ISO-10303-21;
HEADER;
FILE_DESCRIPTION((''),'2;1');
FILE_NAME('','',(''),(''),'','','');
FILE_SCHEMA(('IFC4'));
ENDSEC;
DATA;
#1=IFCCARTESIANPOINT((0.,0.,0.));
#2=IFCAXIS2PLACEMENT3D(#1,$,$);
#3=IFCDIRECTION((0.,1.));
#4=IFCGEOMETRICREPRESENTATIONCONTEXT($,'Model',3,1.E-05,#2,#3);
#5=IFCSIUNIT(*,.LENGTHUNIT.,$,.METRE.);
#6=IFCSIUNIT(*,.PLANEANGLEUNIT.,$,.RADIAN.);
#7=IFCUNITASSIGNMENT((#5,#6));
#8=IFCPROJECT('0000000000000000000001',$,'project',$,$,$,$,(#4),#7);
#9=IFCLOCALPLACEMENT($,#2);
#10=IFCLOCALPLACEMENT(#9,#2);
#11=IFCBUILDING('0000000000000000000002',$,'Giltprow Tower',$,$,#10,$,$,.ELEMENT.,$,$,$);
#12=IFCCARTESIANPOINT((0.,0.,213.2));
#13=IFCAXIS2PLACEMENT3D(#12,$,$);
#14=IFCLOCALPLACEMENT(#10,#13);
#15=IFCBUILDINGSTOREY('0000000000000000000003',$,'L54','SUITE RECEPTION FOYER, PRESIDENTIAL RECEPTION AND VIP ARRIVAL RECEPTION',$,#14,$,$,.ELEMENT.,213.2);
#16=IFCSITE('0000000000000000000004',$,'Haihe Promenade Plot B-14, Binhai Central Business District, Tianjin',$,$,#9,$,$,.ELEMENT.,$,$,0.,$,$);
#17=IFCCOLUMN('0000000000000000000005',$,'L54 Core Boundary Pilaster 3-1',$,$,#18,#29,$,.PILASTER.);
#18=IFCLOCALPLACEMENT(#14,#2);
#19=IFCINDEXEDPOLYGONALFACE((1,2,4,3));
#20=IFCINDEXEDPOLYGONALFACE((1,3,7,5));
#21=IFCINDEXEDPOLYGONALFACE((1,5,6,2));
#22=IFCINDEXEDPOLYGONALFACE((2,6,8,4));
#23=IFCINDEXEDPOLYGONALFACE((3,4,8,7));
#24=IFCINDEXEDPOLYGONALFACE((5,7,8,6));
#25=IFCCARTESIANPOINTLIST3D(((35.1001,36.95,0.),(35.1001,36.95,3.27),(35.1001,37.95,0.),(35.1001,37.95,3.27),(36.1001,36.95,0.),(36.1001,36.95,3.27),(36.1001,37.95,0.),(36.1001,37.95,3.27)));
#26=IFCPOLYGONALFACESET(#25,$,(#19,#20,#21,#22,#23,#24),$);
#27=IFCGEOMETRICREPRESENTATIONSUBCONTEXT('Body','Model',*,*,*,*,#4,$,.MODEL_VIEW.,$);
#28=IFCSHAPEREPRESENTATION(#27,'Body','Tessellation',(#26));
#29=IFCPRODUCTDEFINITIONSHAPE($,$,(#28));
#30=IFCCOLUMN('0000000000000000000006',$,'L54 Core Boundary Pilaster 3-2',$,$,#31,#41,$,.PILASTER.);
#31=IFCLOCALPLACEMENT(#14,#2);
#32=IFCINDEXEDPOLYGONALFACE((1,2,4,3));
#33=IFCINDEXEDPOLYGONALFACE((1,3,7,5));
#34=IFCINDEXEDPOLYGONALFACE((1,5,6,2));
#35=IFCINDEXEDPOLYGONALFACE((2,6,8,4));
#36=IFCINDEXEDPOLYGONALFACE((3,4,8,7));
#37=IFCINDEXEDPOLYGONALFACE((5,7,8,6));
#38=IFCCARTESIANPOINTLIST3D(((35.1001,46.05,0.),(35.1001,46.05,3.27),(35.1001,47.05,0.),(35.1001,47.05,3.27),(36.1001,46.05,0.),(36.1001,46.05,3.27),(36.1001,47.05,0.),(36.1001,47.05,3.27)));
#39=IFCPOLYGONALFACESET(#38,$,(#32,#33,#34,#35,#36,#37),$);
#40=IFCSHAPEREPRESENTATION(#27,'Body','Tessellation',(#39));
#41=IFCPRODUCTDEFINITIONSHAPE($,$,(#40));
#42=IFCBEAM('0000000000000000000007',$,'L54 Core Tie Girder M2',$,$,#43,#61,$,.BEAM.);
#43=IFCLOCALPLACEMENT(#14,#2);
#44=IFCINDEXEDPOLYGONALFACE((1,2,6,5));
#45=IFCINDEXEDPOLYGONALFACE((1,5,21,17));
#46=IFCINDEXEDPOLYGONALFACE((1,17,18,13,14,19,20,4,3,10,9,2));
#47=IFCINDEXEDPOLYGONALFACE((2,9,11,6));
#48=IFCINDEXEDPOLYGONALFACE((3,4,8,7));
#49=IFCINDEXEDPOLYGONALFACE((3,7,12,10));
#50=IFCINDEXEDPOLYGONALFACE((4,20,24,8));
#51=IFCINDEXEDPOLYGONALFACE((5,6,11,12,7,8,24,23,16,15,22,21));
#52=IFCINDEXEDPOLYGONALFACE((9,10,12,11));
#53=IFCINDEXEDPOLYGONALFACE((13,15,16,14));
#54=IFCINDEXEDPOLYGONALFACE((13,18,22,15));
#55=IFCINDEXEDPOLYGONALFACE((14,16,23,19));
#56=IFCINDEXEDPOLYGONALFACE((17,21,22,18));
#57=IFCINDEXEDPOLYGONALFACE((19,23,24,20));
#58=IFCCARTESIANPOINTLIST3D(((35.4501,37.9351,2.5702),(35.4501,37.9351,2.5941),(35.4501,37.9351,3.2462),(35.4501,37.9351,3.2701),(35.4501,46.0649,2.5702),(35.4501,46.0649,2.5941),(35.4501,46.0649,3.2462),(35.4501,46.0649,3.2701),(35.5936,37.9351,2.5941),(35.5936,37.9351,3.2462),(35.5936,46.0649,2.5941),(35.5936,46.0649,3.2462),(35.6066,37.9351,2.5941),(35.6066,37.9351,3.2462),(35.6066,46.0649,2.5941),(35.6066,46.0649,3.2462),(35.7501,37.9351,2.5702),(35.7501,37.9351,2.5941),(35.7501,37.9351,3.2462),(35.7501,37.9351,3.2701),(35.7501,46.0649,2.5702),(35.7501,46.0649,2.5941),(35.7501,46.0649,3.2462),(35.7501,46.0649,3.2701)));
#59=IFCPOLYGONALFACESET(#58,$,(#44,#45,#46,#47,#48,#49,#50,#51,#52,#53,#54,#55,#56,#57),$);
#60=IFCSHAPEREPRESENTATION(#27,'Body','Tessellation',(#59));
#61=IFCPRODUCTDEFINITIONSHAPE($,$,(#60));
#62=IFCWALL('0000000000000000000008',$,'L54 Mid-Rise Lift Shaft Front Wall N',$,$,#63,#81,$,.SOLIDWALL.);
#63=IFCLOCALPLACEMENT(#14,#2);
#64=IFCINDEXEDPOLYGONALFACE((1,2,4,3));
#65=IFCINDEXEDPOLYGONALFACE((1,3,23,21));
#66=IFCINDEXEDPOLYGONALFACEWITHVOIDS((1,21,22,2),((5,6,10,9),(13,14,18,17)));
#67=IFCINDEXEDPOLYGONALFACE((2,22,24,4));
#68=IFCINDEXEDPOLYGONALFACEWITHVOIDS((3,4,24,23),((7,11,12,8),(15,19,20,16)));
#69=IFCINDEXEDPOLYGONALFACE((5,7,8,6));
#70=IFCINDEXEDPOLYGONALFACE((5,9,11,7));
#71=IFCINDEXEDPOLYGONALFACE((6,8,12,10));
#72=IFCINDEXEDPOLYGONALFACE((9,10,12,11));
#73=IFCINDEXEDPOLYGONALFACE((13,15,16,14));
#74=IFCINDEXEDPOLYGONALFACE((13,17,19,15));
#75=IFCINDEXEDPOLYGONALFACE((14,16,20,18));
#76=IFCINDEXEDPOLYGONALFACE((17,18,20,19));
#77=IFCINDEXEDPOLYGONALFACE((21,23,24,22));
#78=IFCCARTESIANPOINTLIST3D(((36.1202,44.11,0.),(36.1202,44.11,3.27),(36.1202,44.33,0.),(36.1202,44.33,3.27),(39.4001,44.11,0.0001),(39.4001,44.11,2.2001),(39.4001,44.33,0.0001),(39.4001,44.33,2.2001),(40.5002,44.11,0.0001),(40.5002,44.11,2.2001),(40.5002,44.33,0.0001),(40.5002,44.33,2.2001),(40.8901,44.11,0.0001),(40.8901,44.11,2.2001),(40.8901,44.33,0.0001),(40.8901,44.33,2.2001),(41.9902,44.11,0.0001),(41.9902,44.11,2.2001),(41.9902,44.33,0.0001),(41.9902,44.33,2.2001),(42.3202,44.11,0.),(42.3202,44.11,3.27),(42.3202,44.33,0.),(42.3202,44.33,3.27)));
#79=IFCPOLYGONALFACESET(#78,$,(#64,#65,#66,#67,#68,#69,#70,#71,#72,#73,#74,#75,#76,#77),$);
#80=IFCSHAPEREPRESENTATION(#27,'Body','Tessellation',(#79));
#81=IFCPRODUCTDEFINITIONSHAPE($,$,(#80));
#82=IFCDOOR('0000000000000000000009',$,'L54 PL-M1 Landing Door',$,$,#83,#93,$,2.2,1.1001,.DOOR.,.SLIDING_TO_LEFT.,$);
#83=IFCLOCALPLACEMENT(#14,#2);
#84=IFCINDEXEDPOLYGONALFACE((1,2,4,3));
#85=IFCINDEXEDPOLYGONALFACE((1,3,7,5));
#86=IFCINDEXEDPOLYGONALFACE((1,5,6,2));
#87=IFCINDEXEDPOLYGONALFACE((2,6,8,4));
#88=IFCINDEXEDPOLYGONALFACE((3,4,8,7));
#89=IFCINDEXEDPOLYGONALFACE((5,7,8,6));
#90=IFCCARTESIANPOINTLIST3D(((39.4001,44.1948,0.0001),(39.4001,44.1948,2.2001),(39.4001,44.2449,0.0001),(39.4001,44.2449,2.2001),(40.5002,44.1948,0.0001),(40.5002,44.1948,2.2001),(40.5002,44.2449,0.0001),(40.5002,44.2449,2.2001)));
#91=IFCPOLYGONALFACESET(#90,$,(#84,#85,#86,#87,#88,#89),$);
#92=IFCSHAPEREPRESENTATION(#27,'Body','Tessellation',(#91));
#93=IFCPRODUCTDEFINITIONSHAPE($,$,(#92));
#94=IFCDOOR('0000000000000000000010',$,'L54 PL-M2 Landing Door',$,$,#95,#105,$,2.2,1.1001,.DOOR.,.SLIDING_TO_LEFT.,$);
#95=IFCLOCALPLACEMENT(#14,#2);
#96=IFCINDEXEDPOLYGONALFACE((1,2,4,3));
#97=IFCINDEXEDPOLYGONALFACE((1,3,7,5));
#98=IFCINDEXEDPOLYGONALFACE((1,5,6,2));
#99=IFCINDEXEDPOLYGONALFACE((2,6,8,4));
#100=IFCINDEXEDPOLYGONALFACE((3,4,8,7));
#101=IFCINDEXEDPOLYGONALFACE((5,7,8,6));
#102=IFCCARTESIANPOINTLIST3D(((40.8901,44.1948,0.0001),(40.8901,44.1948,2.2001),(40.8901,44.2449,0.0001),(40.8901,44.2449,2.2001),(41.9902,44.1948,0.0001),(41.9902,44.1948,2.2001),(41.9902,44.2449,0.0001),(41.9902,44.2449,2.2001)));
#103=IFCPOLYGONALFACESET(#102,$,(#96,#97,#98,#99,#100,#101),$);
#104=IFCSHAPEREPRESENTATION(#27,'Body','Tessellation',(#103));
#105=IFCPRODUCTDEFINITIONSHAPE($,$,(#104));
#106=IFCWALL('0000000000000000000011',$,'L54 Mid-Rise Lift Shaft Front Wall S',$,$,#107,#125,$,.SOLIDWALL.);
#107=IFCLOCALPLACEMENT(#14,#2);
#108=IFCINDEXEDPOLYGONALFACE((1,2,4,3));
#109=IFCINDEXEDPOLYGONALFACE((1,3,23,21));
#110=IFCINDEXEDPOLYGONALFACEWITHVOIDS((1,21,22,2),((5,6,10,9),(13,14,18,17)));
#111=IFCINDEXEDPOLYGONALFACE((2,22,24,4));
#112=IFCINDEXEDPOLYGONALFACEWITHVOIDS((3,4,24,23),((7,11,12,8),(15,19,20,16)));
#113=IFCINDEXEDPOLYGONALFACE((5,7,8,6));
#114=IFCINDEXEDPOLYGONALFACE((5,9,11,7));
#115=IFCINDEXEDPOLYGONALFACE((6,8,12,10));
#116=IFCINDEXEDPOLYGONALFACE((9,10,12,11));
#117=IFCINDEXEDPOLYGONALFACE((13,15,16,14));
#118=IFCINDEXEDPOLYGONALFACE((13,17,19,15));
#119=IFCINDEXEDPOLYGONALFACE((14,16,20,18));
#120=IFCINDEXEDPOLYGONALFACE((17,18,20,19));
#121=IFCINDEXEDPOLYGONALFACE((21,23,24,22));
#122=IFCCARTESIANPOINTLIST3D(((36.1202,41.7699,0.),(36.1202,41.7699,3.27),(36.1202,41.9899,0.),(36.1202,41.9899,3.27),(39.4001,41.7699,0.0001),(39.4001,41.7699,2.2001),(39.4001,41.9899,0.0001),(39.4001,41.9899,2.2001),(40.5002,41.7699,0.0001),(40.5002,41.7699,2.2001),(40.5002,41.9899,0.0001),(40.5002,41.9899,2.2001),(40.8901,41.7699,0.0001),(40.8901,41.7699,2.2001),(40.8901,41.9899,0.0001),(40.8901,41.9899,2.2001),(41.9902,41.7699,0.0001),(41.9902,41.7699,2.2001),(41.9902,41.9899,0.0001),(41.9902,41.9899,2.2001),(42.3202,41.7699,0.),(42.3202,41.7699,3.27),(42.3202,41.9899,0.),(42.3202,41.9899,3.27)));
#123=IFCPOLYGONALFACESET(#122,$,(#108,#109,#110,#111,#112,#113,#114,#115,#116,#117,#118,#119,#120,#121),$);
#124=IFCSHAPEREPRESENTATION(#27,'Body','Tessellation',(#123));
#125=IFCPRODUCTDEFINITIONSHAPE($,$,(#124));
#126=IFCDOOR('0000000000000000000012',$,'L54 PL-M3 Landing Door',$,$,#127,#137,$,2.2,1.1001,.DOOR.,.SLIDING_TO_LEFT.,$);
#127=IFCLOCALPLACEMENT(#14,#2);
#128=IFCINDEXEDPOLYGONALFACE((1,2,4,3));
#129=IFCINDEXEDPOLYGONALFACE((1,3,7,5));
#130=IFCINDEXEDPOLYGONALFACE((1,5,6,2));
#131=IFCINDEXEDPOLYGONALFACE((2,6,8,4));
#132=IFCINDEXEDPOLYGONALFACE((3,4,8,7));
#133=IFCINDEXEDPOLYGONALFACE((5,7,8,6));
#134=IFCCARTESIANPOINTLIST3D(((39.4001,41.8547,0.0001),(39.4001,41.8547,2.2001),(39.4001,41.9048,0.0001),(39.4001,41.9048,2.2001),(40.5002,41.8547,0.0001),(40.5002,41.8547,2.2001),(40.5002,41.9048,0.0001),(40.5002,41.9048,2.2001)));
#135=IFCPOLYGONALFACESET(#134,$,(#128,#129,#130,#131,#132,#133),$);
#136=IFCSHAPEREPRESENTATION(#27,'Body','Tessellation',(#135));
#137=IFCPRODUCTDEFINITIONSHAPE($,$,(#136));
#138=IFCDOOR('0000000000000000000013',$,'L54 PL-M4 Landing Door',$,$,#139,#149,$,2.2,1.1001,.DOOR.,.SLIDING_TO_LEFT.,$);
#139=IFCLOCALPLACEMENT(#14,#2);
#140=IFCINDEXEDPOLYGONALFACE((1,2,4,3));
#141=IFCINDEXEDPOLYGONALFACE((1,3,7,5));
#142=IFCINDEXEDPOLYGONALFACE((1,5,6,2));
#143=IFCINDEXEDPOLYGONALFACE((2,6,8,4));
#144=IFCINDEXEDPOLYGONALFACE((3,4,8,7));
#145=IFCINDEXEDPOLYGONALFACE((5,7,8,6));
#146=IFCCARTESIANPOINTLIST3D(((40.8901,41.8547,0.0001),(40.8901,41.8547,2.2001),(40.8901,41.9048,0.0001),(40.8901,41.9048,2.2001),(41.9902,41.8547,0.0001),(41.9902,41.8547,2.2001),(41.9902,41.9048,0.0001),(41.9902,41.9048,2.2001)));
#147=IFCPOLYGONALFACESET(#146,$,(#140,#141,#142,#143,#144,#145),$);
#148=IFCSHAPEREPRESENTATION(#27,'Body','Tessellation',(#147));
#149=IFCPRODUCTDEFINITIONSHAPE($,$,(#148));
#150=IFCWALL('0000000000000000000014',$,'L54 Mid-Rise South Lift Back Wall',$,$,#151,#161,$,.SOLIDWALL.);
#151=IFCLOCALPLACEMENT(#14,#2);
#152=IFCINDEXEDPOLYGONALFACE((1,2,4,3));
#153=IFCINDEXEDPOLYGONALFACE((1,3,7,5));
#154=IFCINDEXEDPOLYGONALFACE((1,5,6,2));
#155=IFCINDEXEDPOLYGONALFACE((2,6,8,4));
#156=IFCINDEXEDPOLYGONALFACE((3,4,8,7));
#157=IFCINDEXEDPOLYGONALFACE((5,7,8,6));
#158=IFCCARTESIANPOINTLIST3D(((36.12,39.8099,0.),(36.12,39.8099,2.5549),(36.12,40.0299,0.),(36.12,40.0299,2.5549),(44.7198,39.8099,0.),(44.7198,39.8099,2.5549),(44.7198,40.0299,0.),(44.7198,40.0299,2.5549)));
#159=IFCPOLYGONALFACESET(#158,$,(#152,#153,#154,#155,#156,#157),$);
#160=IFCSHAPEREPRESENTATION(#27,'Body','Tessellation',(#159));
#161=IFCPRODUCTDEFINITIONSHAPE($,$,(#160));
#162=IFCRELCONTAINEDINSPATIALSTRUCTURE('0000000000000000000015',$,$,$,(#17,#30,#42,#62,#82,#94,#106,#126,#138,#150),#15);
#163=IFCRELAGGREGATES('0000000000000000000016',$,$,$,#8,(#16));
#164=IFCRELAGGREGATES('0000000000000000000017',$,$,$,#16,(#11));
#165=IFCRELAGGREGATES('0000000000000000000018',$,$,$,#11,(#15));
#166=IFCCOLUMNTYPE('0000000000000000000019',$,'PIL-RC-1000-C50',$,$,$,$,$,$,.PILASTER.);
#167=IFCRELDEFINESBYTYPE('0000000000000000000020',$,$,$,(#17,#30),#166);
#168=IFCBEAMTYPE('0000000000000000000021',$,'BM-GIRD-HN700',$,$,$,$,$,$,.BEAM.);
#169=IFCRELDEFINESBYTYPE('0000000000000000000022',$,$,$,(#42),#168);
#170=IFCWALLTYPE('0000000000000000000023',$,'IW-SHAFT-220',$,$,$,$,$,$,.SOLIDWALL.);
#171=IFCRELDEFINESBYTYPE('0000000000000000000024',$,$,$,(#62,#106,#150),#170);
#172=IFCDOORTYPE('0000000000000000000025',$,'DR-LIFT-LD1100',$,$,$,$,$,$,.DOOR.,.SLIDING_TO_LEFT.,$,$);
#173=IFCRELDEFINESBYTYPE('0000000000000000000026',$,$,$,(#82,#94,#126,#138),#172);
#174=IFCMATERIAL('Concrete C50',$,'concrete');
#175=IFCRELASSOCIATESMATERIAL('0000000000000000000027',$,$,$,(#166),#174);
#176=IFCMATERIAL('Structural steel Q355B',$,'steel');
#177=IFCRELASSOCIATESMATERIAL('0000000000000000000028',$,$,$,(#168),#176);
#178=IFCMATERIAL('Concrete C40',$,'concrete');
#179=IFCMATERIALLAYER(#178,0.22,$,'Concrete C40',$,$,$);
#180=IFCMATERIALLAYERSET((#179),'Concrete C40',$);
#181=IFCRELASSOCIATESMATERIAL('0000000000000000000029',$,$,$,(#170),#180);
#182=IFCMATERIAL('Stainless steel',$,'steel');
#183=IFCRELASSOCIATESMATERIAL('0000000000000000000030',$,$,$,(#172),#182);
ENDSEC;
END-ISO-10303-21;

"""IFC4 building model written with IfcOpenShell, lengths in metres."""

from ifc_helpers import new_model, si_unit, direction, frame, frame_2d, origin, origin_2d, place, context, subcontext, project, spatial, rectangle, i_section, extrude, source, transform, mapped, material, layer, layer_set, material_profile, profile_set, type_object, element, fill, save


model = new_model("IFC4")

# Units and contexts
model_context = context("Model", 3, precision=1e-05, world=origin(), true_north=direction((0.0, 1.0)))
body_context = subcontext(model_context, "Body", "Model", "MODEL_VIEW")
ifc_project = project(units=[si_unit("LENGTHUNIT", "METRE"), si_unit("PLANEANGLEUNIT", "RADIAN")], contexts=[model_context])

# Site, building, storey
site_placement = place(None, origin())
site = spatial("IfcSite", under=ifc_project, at=site_placement, Name="Haihe Promenade Plot B-14, Binhai Central Business District, Tianjin", CompositionType="ELEMENT", RefElevation=0.0)
building_placement = place(site_placement, origin())
building = spatial("IfcBuilding", under=site, at=building_placement, Name="Giltprow Tower", CompositionType="ELEMENT")
storey_placement = place(building_placement, frame((0.0, 0.0, 213.2)))
storey = spatial("IfcBuildingStorey", under=building, at=storey_placement, Name="L54", Description="SUITE RECEPTION FOYER, PRESIDENTIAL RECEPTION AND VIP ARRIVAL RECEPTION", CompositionType="ELEMENT", Elevation=213.2)

# Columns
ifc_material_1 = material(Name="Concrete C50", Category="concrete")
ifc_material_profile_1 = material_profile(ifc_material_1, rectangle(XDim=1.0, YDim=1.0, at=origin_2d()), Name="RC 1000x1000")
ifc_profile_set_1 = profile_set([ifc_material_profile_1], Name="Concrete C50")
column_type = type_object("IfcColumnType", Name="PIL-RC-1000-C50", PredefinedType="PILASTER", material=ifc_profile_set_1)
shared_shape_1 = source(origin(), body_context, "Body", "SweptSolid", [
    extrude(rectangle(XDim=1.0, YDim=1.0, at=origin_2d()), origin(), (0.0, 0.0, 1.0), 3.27),
])
for number, where, z_axis, x_axis, name in (
    (1, (35.6001, 37.45, 0.0), (0.0, 0.0, 1.0), (1.0, 0.0, 0.0), "L54 Core Boundary Pilaster 3-1"),
    (2, (35.6001, 46.55, 0.0), (0.0, 0.0, 1.0), (1.0, 0.0, 0.0), "L54 Core Boundary Pilaster 3-2"),
):
    element("IfcColumn", number, at=place(storey_placement, frame(where, z_axis=z_axis, x_axis=x_axis)), inside=storey, type_object=column_type, Name=name, PredefinedType="PILASTER", context=body_context, shape_type="MappedRepresentation", body=[
        mapped(shared_shape_1, transform((0.0, 0.0, 0.0), x_axis=(1.0, 0.0, 0.0), y_axis=(0.0, 1.0, 0.0), z_axis=(0.0, 0.0, 1.0), scale=1.0)),
    ])

# Beam
ifc_material_2 = material(Name="Structural steel Q355B", Category="steel")
ifc_material_profile_2 = material_profile(ifc_material_2, i_section(OverallWidth=0.3, OverallDepth=0.7, WebThickness=0.0129, FlangeThickness=0.0239, at=origin_2d()), Name="HN 700x300x13x24")
ifc_profile_set_2 = profile_set([ifc_material_profile_2], Name="Structural steel Q355B")
beam_type = type_object("IfcBeamType", Name="BM-GIRD-HN700", PredefinedType="BEAM", material=ifc_profile_set_2)
shared_shape_2 = source(origin(), body_context, "Body", "SweptSolid", [
    extrude(i_section(OverallWidth=0.3, OverallDepth=0.7, WebThickness=0.0129, FlangeThickness=0.0239, at=origin_2d()), origin(), (0.0, 0.0, 1.0), 8.1299),
])
beam_placement = place(storey_placement, frame((35.6001, 37.9351, 2.9202), z_axis=(0.0, 1.0, 0.0), x_axis=(-1.0, 0.0, 0.0)))
element("IfcBeam", 3, at=beam_placement, inside=storey, type_object=beam_type, Name="L54 Core Tie Girder M2", PredefinedType="BEAM", context=body_context, shape_type="MappedRepresentation", body=[
    mapped(shared_shape_2, transform((0.0, 0.0, 0.0), x_axis=(1.0, 0.0, 0.0), y_axis=(0.0, 1.0, 0.0), z_axis=(0.0, 0.0, 1.0), scale=1.0)),
])

# Walls, openings, doors
ifc_material_3 = material(Name="Concrete C40", Category="concrete")
ifc_layer_1 = layer(ifc_material_3, 0.22, Name="Concrete C40")
ifc_layer_set_1 = layer_set([ifc_layer_1], Name="Concrete C40")
wall_type_1 = type_object("IfcWallType", Name="IW-SHAFT-220", PredefinedType="SOLIDWALL", material=ifc_layer_set_1)
wall_1_placement = place(storey_placement, frame((36.1201, 44.22, 0.0), z_axis=(0.0, 0.0, 1.0), x_axis=(1.0, 0.0, 0.0)))
wall_1 = element("IfcWall", 4, at=wall_1_placement, inside=storey, type_object=wall_type_1, Name="L54 Mid-Rise Lift Shaft Front Wall N", PredefinedType="SOLIDWALL", context=body_context, shape_type="SweptSolid", body=[
    extrude(rectangle(XDim=6.2, YDim=0.22, at=frame_2d((3.1001, 0.0))), origin(), (0.0, 0.0, 1.0), 3.27),
])
opening_1_placement = place(wall_1_placement, frame((3.28, 0.0, 0.0)))
opening_1 = element("IfcOpeningElement", 5, at=opening_1_placement, cuts=wall_1, PredefinedType="OPENING", context=body_context, shape_type="SweptSolid", body=[
    extrude(rectangle(XDim=1.1001, YDim=2.2, at=frame_2d((0.55, 1.1001))), frame((0.0, 0.1199, 0.0), z_axis=(0.0, -1.0, 0.0), x_axis=(1.0, 0.0, 0.0)), (0.0, 0.0, 1.0), 0.24),
])
opening_2_placement = place(wall_1_placement, frame((4.77, 0.0, 0.0)))
opening_2 = element("IfcOpeningElement", 6, at=opening_2_placement, cuts=wall_1, PredefinedType="OPENING", context=body_context, shape_type="SweptSolid", body=[
    extrude(rectangle(XDim=1.1001, YDim=2.2, at=frame_2d((0.55, 1.1001))), frame((0.0, 0.1199, 0.0), z_axis=(0.0, -1.0, 0.0), x_axis=(1.0, 0.0, 0.0)), (0.0, 0.0, 1.0), 0.24),
])
ifc_material_4 = material(Name="Stainless steel", Category="steel")
door_type_1 = type_object("IfcDoorType", Name="DR-LIFT-LD1100", OperationType="SLIDING_TO_LEFT", PredefinedType="DOOR", material=ifc_material_4)
shared_shape_3 = source(origin(), body_context, "Body", "SweptSolid", [
    extrude(rectangle(XDim=1.1001, YDim=2.2, at=frame_2d((0.55, 1.1001))), frame((0.0, 0.0249, 0.0), z_axis=(0.0, -1.0, 0.0), x_axis=(1.0, 0.0, 0.0)), (0.0, 0.0, 1.0), 0.05),
])
door_1_placement = place(opening_1_placement, origin())
door_1 = element("IfcDoor", 7, at=door_1_placement, inside=storey, type_object=door_type_1, Name="L54 PL-M1 Landing Door", OperationType="SLIDING_TO_LEFT", OverallHeight=2.2, OverallWidth=1.1001, PredefinedType="DOOR", context=body_context, shape_type="MappedRepresentation", body=[
    mapped(shared_shape_3, transform((0.0, 0.0, 0.0), x_axis=(1.0, 0.0, 0.0), y_axis=(0.0, 1.0, 0.0), z_axis=(0.0, 0.0, 1.0), scale=1.0)),
])
fill(opening_1, door_1)
door_2_placement = place(opening_2_placement, origin())
door_2 = element("IfcDoor", 8, at=door_2_placement, inside=storey, type_object=door_type_1, Name="L54 PL-M2 Landing Door", OperationType="SLIDING_TO_LEFT", OverallHeight=2.2, OverallWidth=1.1001, PredefinedType="DOOR", context=body_context, shape_type="MappedRepresentation", body=[
    mapped(shared_shape_3, transform((0.0, 0.0, 0.0), x_axis=(1.0, 0.0, 0.0), y_axis=(0.0, 1.0, 0.0), z_axis=(0.0, 0.0, 1.0), scale=1.0)),
])
fill(opening_2, door_2)
wall_2_placement = place(storey_placement, frame((36.1201, 41.8799, 0.0), z_axis=(0.0, 0.0, 1.0), x_axis=(1.0, 0.0, 0.0)))
wall_2 = element("IfcWall", 9, at=wall_2_placement, inside=storey, type_object=wall_type_1, Name="L54 Mid-Rise Lift Shaft Front Wall S", PredefinedType="SOLIDWALL", context=body_context, shape_type="SweptSolid", body=[
    extrude(rectangle(XDim=6.2, YDim=0.22, at=frame_2d((3.1001, 0.0))), origin(), (0.0, 0.0, 1.0), 3.27),
])
opening_3_placement = place(wall_2_placement, frame((3.28, 0.0, 0.0)))
opening_3 = element("IfcOpeningElement", 10, at=opening_3_placement, cuts=wall_2, PredefinedType="OPENING", context=body_context, shape_type="SweptSolid", body=[
    extrude(rectangle(XDim=1.1001, YDim=2.2, at=frame_2d((0.55, 1.1001))), frame((0.0, 0.1199, 0.0), z_axis=(0.0, -1.0, 0.0), x_axis=(1.0, 0.0, 0.0)), (0.0, 0.0, 1.0), 0.24),
])
opening_4_placement = place(wall_2_placement, frame((4.77, 0.0, 0.0)))
opening_4 = element("IfcOpeningElement", 11, at=opening_4_placement, cuts=wall_2, PredefinedType="OPENING", context=body_context, shape_type="SweptSolid", body=[
    extrude(rectangle(XDim=1.1001, YDim=2.2, at=frame_2d((0.55, 1.1001))), frame((0.0, 0.1199, 0.0), z_axis=(0.0, -1.0, 0.0), x_axis=(1.0, 0.0, 0.0)), (0.0, 0.0, 1.0), 0.24),
])
door_3_placement = place(opening_3_placement, origin())
door_3 = element("IfcDoor", 12, at=door_3_placement, inside=storey, type_object=door_type_1, Name="L54 PL-M3 Landing Door", OperationType="SLIDING_TO_LEFT", OverallHeight=2.2, OverallWidth=1.1001, PredefinedType="DOOR", context=body_context, shape_type="MappedRepresentation", body=[
    mapped(shared_shape_3, transform((0.0, 0.0, 0.0), x_axis=(1.0, 0.0, 0.0), y_axis=(0.0, 1.0, 0.0), z_axis=(0.0, 0.0, 1.0), scale=1.0)),
])
fill(opening_3, door_3)
door_4_placement = place(opening_4_placement, origin())
door_4 = element("IfcDoor", 13, at=door_4_placement, inside=storey, type_object=door_type_1, Name="L54 PL-M4 Landing Door", OperationType="SLIDING_TO_LEFT", OverallHeight=2.2, OverallWidth=1.1001, PredefinedType="DOOR", context=body_context, shape_type="MappedRepresentation", body=[
    mapped(shared_shape_3, transform((0.0, 0.0, 0.0), x_axis=(1.0, 0.0, 0.0), y_axis=(0.0, 1.0, 0.0), z_axis=(0.0, 0.0, 1.0), scale=1.0)),
])
fill(opening_4, door_4)

# Wall
wall_3_placement = place(storey_placement, frame((36.1201, 39.9199, 0.0), z_axis=(0.0, 0.0, 1.0), x_axis=(1.0, 0.0, 0.0)))
element("IfcWall", 14, at=wall_3_placement, inside=storey, type_object=wall_type_1, Name="L54 Mid-Rise South Lift Back Wall", PredefinedType="SOLIDWALL", context=body_context, shape_type="SweptSolid", body=[
    extrude(rectangle(XDim=8.5999, YDim=0.22, at=frame_2d((4.2998, 0.0))), origin(), (0.0, 0.0, 1.0), 2.5549),
])

save(model, "model.ifc")
